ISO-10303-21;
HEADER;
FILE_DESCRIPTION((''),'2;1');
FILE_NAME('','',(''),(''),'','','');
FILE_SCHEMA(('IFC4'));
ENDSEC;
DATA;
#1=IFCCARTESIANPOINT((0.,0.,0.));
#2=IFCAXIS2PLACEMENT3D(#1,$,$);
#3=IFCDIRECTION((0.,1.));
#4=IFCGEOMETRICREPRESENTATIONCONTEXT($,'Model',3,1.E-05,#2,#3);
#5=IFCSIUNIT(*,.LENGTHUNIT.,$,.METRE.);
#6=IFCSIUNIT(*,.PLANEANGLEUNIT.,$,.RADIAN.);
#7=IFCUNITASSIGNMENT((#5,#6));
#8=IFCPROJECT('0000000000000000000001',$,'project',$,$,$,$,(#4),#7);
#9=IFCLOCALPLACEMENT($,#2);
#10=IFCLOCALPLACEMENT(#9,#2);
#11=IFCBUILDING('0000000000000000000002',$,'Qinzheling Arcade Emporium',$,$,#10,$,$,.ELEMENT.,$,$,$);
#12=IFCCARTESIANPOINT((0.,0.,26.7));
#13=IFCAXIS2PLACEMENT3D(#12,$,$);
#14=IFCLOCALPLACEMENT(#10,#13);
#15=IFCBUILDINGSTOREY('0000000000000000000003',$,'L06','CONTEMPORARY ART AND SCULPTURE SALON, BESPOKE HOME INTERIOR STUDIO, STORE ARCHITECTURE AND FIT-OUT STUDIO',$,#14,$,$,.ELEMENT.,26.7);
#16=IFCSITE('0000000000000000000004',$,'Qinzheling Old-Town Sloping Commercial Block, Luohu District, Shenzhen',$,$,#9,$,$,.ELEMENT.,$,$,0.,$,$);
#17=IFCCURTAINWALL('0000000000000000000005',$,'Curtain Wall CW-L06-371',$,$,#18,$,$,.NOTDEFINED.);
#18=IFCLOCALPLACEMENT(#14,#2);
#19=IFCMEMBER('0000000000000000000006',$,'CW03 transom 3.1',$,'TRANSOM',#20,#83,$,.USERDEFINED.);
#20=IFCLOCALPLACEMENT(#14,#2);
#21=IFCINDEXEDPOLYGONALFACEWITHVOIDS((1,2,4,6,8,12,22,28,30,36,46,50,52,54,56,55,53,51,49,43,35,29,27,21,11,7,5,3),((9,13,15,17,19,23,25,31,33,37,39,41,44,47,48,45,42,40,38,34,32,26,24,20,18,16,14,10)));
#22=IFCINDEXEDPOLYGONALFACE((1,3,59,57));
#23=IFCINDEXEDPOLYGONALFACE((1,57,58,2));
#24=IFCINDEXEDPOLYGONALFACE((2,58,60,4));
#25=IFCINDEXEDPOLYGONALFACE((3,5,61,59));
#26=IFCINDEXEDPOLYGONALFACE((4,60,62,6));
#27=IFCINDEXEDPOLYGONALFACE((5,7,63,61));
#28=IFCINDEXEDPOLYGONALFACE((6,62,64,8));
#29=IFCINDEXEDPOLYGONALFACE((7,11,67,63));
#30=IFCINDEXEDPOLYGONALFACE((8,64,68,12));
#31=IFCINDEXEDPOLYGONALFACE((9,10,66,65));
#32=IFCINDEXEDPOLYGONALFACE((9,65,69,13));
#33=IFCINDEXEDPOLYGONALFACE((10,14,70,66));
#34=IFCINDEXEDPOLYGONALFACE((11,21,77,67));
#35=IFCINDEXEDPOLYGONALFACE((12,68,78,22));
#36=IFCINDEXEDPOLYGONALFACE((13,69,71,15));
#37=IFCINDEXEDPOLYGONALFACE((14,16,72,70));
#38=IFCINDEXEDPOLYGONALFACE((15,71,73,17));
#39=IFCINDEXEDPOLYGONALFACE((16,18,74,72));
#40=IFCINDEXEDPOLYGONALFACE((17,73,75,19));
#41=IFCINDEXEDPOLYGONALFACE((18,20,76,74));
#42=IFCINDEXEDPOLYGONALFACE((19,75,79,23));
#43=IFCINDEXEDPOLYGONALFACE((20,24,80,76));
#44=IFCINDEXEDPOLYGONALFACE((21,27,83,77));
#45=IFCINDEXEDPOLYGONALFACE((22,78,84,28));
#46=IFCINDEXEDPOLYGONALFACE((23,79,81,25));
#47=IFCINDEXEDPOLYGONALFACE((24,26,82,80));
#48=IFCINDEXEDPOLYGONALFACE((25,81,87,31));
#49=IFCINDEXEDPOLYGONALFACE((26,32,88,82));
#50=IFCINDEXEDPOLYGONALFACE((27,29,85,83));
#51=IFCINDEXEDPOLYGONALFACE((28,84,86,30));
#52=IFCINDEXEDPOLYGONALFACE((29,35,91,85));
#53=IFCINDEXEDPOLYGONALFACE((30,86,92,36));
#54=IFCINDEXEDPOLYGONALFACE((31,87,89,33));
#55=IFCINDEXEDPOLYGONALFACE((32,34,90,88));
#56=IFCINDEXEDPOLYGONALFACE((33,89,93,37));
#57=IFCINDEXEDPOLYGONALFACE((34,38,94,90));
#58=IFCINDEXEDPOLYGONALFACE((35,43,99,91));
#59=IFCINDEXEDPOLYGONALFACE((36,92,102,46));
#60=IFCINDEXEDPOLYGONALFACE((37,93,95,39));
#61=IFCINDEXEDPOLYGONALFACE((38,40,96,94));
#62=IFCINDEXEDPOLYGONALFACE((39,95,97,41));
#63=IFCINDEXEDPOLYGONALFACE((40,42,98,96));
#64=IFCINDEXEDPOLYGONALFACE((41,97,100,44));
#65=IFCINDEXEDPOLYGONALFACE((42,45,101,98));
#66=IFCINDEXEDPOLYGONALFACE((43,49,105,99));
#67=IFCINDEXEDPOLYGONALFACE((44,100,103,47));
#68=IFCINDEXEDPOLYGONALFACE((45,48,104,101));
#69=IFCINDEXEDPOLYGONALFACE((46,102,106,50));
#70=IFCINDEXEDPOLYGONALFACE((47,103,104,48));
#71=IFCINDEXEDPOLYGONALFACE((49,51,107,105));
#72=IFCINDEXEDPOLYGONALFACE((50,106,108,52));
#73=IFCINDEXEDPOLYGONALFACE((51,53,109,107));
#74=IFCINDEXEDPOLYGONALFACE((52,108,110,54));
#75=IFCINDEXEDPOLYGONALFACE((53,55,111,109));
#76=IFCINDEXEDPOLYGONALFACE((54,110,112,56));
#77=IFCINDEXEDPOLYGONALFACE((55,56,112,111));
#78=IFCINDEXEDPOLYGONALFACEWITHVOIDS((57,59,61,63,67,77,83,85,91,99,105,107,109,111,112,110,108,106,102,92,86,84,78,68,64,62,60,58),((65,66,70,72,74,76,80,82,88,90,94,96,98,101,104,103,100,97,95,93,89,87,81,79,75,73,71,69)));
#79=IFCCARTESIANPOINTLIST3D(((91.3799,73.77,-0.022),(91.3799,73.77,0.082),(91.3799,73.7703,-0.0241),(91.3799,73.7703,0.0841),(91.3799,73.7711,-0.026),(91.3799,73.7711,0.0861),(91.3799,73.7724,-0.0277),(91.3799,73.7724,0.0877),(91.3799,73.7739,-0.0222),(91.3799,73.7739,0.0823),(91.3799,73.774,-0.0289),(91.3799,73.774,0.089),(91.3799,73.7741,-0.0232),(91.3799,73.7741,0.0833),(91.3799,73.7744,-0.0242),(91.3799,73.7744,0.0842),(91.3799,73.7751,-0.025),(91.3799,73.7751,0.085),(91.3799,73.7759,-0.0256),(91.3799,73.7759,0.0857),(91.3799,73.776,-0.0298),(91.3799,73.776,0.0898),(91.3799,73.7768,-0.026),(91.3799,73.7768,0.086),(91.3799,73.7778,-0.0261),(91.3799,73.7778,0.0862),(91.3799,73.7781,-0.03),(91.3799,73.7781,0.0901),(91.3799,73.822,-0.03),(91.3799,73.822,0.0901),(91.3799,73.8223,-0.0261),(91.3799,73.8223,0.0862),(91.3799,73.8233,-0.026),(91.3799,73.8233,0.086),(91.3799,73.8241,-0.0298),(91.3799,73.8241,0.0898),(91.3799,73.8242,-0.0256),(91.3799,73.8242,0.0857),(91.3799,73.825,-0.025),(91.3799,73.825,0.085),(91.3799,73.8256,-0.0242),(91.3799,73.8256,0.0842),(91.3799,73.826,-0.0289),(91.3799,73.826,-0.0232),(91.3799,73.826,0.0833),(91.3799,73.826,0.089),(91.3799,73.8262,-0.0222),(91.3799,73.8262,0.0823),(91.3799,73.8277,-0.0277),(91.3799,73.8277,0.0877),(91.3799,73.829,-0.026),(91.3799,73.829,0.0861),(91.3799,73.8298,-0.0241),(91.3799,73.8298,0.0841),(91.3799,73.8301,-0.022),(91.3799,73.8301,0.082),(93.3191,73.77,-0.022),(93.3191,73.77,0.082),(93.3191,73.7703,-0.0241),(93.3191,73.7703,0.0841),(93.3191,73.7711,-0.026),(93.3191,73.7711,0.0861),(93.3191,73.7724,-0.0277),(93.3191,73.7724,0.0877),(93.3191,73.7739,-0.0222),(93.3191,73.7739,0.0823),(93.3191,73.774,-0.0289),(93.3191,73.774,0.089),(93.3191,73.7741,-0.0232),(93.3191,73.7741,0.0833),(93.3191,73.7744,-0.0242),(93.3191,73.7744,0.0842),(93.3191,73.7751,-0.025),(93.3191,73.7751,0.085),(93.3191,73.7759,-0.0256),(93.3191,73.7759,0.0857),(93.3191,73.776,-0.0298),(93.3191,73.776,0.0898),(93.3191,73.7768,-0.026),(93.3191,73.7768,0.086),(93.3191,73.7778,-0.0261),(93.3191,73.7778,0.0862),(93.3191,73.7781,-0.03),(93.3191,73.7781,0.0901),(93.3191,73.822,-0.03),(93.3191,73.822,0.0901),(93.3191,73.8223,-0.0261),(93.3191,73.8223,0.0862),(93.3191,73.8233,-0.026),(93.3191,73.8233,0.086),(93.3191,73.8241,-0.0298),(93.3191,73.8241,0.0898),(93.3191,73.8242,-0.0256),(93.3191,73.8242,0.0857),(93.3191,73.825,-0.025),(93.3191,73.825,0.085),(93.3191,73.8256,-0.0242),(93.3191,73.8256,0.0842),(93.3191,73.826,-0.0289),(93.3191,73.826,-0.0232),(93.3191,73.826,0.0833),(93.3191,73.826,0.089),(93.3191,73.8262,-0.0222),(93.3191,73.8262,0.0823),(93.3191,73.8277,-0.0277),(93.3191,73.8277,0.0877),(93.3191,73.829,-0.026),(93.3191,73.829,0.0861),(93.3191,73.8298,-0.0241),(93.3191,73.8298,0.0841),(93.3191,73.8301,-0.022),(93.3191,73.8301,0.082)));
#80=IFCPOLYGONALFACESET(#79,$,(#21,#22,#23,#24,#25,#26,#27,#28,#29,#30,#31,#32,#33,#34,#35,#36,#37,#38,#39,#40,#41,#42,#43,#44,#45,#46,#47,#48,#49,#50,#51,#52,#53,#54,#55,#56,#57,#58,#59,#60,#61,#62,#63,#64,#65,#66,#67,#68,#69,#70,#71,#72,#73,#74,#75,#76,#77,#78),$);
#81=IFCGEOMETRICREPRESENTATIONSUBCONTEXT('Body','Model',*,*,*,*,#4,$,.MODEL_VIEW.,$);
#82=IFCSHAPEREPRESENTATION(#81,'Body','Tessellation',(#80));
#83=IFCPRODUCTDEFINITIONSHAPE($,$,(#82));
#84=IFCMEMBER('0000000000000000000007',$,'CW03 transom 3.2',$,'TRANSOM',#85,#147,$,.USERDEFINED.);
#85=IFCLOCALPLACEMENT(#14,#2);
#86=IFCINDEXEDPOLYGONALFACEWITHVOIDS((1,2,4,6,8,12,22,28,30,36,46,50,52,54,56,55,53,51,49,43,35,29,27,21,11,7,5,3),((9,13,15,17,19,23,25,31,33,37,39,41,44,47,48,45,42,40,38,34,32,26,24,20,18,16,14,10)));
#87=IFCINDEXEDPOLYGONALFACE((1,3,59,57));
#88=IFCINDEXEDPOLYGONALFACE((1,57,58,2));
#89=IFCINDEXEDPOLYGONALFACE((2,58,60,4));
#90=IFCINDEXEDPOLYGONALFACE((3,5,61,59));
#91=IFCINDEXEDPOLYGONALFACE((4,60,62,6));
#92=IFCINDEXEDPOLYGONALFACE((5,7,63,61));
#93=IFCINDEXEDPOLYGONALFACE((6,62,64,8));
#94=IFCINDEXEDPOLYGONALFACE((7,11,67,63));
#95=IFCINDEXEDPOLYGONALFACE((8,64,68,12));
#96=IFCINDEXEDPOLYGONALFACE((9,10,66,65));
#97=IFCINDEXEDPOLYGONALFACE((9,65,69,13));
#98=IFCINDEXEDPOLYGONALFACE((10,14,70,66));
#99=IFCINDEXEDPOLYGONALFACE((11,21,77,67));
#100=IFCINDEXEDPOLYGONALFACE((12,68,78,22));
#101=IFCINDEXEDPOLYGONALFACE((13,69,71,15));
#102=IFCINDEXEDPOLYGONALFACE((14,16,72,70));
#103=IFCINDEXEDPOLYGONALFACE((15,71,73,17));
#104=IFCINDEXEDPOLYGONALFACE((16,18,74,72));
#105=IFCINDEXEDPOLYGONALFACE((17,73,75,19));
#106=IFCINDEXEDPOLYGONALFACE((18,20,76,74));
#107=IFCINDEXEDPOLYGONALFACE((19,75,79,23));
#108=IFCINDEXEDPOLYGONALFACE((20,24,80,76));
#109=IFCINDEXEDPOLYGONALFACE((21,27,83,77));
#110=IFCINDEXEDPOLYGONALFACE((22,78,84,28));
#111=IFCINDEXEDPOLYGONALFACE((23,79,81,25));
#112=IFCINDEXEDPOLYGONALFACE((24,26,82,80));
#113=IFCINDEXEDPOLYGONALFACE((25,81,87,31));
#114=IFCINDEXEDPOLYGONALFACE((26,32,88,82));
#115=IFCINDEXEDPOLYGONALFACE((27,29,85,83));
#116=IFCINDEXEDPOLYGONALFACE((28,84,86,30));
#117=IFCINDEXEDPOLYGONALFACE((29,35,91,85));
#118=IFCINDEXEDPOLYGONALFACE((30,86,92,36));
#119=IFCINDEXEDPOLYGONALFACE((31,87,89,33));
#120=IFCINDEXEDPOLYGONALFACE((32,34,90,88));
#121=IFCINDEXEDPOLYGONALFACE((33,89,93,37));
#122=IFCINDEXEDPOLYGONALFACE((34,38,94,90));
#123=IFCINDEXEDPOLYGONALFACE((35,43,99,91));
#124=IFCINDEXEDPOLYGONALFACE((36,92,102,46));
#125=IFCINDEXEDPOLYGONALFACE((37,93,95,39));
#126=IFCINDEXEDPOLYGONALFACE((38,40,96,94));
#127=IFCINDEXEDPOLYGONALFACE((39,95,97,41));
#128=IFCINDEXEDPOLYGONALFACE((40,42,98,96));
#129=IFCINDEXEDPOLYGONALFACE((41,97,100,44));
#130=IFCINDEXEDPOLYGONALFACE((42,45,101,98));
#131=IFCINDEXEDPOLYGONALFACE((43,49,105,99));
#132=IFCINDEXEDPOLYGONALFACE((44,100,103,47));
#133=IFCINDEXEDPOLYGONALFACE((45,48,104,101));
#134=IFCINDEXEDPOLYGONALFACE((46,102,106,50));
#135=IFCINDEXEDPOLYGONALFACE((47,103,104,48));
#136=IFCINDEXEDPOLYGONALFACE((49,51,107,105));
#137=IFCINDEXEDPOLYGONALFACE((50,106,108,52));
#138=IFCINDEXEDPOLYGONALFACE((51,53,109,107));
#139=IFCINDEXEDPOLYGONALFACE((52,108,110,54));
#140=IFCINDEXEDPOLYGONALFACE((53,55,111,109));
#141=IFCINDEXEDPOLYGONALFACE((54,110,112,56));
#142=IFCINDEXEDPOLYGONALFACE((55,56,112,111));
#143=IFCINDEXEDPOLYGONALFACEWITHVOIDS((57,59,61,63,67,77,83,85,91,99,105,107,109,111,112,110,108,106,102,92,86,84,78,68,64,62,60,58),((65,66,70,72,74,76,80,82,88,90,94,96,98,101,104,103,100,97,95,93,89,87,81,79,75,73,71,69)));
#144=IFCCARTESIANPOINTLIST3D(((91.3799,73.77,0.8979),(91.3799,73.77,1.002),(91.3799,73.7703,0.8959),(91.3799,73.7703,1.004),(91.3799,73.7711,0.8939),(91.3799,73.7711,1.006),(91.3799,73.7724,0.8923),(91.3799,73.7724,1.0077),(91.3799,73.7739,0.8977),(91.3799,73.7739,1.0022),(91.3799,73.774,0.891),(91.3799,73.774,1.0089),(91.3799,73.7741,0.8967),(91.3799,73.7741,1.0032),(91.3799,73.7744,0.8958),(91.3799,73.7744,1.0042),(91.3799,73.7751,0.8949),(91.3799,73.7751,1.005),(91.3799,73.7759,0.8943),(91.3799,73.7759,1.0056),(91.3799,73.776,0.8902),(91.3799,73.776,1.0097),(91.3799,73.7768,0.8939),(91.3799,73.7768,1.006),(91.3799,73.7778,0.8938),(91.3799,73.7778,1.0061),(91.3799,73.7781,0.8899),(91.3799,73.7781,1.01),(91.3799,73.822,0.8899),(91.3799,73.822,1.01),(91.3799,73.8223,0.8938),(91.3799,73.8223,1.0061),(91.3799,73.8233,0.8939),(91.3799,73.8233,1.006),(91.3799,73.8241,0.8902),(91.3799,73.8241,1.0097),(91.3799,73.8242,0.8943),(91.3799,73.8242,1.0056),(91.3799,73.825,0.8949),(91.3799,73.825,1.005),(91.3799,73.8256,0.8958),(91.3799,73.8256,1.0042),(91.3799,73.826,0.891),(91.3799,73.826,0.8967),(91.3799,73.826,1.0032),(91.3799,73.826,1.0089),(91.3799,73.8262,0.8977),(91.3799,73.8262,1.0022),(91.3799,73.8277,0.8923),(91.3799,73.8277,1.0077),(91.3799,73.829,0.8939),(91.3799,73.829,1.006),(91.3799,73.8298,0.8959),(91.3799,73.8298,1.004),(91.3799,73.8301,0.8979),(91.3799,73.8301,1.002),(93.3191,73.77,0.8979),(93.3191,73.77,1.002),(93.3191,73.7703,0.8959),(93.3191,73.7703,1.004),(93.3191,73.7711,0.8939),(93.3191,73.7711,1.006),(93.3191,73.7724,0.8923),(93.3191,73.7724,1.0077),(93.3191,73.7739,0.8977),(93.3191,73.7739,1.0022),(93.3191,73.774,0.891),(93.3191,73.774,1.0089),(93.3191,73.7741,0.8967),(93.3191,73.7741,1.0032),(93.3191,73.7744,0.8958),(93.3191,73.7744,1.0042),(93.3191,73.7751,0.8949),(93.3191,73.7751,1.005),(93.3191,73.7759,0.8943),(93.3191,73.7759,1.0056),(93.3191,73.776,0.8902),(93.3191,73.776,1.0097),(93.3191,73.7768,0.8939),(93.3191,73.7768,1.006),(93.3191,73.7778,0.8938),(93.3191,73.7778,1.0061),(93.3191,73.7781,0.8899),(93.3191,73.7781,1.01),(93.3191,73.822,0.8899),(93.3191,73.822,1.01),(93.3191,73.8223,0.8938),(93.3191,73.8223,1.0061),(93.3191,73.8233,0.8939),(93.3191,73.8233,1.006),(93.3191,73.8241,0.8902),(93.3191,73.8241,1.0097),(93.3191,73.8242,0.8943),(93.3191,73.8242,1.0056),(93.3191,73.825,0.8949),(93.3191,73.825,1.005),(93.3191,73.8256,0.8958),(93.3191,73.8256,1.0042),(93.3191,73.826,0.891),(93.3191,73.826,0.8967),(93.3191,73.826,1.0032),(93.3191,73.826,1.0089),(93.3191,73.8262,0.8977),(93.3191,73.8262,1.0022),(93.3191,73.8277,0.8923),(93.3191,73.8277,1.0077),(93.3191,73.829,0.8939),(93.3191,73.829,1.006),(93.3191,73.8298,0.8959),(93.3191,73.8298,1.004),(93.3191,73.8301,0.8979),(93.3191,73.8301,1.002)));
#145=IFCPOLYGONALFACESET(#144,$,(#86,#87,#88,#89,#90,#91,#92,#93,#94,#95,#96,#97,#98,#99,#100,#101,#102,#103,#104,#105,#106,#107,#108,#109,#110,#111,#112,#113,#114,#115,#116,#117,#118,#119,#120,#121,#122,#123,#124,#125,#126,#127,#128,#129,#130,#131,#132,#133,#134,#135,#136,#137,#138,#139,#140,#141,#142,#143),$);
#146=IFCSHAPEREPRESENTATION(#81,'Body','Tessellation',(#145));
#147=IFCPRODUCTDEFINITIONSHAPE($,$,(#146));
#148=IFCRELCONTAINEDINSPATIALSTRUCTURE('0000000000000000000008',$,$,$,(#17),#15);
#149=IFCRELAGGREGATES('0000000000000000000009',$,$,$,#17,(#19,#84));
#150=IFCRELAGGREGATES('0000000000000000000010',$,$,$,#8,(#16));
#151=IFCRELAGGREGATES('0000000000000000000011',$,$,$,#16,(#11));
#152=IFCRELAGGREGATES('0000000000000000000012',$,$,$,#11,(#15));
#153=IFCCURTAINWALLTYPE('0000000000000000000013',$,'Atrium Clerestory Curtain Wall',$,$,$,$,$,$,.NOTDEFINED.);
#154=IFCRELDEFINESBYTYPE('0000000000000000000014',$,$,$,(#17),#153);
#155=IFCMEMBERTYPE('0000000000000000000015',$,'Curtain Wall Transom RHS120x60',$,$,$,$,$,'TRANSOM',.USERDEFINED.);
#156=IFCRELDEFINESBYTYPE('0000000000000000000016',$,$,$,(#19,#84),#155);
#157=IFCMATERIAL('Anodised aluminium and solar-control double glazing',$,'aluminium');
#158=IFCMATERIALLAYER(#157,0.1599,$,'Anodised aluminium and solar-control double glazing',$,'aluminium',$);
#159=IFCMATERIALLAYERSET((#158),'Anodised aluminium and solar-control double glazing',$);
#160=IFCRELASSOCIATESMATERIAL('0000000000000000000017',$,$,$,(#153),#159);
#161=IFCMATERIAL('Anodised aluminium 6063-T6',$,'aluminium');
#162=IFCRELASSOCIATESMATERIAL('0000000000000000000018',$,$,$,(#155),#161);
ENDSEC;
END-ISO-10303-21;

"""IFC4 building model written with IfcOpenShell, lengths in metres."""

from ifc_helpers import new_model, si_unit, direction, frame, origin, origin_2d, place, context, subcontext, project, spatial, hollow_rectangle, extrude, material, layer, layer_set, material_profile, profile_set, type_object, element, aggregate, save


model = new_model("IFC4")

# Units and contexts
model_context = context("Model", 3, precision=1e-05, world=origin(), true_north=direction((0.0, 1.0)))
body_context = subcontext(model_context, "Body", "Model", "MODEL_VIEW")
ifc_project = project(units=[si_unit("LENGTHUNIT", "METRE"), si_unit("PLANEANGLEUNIT", "RADIAN")], contexts=[model_context])

# Site, building, storey
site_placement = place(None, origin())
site = spatial("IfcSite", under=ifc_project, at=site_placement, Name="Qinzheling Old-Town Sloping Commercial Block, Luohu District, Shenzhen", CompositionType="ELEMENT", RefElevation=0.0)
building_placement = place(site_placement, origin())
building = spatial("IfcBuilding", under=site, at=building_placement, Name="Qinzheling Arcade Emporium", CompositionType="ELEMENT")
storey_placement = place(building_placement, frame((0.0, 0.0, 26.7)))
storey = spatial("IfcBuildingStorey", under=building, at=storey_placement, Name="L06", Description="CONTEMPORARY ART AND SCULPTURE SALON, BESPOKE HOME INTERIOR STUDIO, STORE ARCHITECTURE AND FIT-OUT STUDIO", CompositionType="ELEMENT", Elevation=26.7)

# Curtain wall
ifc_material_1 = material(Name="Anodised aluminium and solar-control double glazing", Category="aluminium")
ifc_layer_1 = layer(ifc_material_1, 0.1599, Name="Anodised aluminium and solar-control double glazing", Category="aluminium")
ifc_layer_set_1 = layer_set([ifc_layer_1], Name="Anodised aluminium and solar-control double glazing")
curtain_wall_type = type_object("IfcCurtainWallType", Name="Atrium Clerestory Curtain Wall", PredefinedType="NOTDEFINED", material=ifc_layer_set_1)
curtain_wall_1_placement = place(storey_placement, origin())
curtain_wall_1 = element("IfcCurtainWall", 1, at=curtain_wall_1_placement, inside=storey, type_object=curtain_wall_type, Name="Curtain Wall CW-L06-371", PredefinedType="NOTDEFINED")
ifc_material_2 = material(Name="Anodised aluminium 6063-T6", Category="aluminium")

# Members
ifc_material_profile_1 = material_profile(ifc_material_2, hollow_rectangle(XDim=0.0601, YDim=0.1201, WallThickness=0.0039, InnerFilletRadius=0.0039, OuterFilletRadius=0.0081, at=origin_2d()), Name="RHS 120x60x4", Category="aluminium")
ifc_profile_set_1 = profile_set([ifc_material_profile_1], Name="Anodised aluminium 6063-T6")
member_type_1 = type_object("IfcMemberType", Name="Curtain Wall Transom RHS120x60", ElementType="TRANSOM", PredefinedType="USERDEFINED", material=ifc_profile_set_1)
member_1_placement = place(storey_placement, frame((91.3799, 73.8, 0.03), z_axis=(1.0, 0.0, 0.0), x_axis=(0.0, 1.0, 0.0)))
member_1 = element("IfcMember", 2, at=member_1_placement, type_object=member_type_1, Name="CW03 transom 3.1", ObjectType="TRANSOM", PredefinedType="USERDEFINED", context=body_context, shape_type="SweptSolid", body=[
    extrude(hollow_rectangle(XDim=0.0601, YDim=0.1201, WallThickness=0.0039, InnerFilletRadius=0.0039, OuterFilletRadius=0.0081, at=origin_2d()), origin(), (0.0, 0.0, 1.0), 1.9392),
])
member_2_placement = place(storey_placement, frame((91.3799, 73.8, 0.95), z_axis=(1.0, 0.0, 0.0), x_axis=(0.0, 1.0, 0.0)))
member_2 = element("IfcMember", 3, at=member_2_placement, type_object=member_type_1, Name="CW03 transom 3.2", ObjectType="TRANSOM", PredefinedType="USERDEFINED", context=body_context, shape_type="SweptSolid", body=[
    extrude(hollow_rectangle(XDim=0.0601, YDim=0.1201, WallThickness=0.0039, InnerFilletRadius=0.0039, OuterFilletRadius=0.0081, at=origin_2d()), origin(), (0.0, 0.0, 1.0), 1.9392),
])

aggregate(curtain_wall_1, [member_1, member_2])

save(model, "model.ifc")
